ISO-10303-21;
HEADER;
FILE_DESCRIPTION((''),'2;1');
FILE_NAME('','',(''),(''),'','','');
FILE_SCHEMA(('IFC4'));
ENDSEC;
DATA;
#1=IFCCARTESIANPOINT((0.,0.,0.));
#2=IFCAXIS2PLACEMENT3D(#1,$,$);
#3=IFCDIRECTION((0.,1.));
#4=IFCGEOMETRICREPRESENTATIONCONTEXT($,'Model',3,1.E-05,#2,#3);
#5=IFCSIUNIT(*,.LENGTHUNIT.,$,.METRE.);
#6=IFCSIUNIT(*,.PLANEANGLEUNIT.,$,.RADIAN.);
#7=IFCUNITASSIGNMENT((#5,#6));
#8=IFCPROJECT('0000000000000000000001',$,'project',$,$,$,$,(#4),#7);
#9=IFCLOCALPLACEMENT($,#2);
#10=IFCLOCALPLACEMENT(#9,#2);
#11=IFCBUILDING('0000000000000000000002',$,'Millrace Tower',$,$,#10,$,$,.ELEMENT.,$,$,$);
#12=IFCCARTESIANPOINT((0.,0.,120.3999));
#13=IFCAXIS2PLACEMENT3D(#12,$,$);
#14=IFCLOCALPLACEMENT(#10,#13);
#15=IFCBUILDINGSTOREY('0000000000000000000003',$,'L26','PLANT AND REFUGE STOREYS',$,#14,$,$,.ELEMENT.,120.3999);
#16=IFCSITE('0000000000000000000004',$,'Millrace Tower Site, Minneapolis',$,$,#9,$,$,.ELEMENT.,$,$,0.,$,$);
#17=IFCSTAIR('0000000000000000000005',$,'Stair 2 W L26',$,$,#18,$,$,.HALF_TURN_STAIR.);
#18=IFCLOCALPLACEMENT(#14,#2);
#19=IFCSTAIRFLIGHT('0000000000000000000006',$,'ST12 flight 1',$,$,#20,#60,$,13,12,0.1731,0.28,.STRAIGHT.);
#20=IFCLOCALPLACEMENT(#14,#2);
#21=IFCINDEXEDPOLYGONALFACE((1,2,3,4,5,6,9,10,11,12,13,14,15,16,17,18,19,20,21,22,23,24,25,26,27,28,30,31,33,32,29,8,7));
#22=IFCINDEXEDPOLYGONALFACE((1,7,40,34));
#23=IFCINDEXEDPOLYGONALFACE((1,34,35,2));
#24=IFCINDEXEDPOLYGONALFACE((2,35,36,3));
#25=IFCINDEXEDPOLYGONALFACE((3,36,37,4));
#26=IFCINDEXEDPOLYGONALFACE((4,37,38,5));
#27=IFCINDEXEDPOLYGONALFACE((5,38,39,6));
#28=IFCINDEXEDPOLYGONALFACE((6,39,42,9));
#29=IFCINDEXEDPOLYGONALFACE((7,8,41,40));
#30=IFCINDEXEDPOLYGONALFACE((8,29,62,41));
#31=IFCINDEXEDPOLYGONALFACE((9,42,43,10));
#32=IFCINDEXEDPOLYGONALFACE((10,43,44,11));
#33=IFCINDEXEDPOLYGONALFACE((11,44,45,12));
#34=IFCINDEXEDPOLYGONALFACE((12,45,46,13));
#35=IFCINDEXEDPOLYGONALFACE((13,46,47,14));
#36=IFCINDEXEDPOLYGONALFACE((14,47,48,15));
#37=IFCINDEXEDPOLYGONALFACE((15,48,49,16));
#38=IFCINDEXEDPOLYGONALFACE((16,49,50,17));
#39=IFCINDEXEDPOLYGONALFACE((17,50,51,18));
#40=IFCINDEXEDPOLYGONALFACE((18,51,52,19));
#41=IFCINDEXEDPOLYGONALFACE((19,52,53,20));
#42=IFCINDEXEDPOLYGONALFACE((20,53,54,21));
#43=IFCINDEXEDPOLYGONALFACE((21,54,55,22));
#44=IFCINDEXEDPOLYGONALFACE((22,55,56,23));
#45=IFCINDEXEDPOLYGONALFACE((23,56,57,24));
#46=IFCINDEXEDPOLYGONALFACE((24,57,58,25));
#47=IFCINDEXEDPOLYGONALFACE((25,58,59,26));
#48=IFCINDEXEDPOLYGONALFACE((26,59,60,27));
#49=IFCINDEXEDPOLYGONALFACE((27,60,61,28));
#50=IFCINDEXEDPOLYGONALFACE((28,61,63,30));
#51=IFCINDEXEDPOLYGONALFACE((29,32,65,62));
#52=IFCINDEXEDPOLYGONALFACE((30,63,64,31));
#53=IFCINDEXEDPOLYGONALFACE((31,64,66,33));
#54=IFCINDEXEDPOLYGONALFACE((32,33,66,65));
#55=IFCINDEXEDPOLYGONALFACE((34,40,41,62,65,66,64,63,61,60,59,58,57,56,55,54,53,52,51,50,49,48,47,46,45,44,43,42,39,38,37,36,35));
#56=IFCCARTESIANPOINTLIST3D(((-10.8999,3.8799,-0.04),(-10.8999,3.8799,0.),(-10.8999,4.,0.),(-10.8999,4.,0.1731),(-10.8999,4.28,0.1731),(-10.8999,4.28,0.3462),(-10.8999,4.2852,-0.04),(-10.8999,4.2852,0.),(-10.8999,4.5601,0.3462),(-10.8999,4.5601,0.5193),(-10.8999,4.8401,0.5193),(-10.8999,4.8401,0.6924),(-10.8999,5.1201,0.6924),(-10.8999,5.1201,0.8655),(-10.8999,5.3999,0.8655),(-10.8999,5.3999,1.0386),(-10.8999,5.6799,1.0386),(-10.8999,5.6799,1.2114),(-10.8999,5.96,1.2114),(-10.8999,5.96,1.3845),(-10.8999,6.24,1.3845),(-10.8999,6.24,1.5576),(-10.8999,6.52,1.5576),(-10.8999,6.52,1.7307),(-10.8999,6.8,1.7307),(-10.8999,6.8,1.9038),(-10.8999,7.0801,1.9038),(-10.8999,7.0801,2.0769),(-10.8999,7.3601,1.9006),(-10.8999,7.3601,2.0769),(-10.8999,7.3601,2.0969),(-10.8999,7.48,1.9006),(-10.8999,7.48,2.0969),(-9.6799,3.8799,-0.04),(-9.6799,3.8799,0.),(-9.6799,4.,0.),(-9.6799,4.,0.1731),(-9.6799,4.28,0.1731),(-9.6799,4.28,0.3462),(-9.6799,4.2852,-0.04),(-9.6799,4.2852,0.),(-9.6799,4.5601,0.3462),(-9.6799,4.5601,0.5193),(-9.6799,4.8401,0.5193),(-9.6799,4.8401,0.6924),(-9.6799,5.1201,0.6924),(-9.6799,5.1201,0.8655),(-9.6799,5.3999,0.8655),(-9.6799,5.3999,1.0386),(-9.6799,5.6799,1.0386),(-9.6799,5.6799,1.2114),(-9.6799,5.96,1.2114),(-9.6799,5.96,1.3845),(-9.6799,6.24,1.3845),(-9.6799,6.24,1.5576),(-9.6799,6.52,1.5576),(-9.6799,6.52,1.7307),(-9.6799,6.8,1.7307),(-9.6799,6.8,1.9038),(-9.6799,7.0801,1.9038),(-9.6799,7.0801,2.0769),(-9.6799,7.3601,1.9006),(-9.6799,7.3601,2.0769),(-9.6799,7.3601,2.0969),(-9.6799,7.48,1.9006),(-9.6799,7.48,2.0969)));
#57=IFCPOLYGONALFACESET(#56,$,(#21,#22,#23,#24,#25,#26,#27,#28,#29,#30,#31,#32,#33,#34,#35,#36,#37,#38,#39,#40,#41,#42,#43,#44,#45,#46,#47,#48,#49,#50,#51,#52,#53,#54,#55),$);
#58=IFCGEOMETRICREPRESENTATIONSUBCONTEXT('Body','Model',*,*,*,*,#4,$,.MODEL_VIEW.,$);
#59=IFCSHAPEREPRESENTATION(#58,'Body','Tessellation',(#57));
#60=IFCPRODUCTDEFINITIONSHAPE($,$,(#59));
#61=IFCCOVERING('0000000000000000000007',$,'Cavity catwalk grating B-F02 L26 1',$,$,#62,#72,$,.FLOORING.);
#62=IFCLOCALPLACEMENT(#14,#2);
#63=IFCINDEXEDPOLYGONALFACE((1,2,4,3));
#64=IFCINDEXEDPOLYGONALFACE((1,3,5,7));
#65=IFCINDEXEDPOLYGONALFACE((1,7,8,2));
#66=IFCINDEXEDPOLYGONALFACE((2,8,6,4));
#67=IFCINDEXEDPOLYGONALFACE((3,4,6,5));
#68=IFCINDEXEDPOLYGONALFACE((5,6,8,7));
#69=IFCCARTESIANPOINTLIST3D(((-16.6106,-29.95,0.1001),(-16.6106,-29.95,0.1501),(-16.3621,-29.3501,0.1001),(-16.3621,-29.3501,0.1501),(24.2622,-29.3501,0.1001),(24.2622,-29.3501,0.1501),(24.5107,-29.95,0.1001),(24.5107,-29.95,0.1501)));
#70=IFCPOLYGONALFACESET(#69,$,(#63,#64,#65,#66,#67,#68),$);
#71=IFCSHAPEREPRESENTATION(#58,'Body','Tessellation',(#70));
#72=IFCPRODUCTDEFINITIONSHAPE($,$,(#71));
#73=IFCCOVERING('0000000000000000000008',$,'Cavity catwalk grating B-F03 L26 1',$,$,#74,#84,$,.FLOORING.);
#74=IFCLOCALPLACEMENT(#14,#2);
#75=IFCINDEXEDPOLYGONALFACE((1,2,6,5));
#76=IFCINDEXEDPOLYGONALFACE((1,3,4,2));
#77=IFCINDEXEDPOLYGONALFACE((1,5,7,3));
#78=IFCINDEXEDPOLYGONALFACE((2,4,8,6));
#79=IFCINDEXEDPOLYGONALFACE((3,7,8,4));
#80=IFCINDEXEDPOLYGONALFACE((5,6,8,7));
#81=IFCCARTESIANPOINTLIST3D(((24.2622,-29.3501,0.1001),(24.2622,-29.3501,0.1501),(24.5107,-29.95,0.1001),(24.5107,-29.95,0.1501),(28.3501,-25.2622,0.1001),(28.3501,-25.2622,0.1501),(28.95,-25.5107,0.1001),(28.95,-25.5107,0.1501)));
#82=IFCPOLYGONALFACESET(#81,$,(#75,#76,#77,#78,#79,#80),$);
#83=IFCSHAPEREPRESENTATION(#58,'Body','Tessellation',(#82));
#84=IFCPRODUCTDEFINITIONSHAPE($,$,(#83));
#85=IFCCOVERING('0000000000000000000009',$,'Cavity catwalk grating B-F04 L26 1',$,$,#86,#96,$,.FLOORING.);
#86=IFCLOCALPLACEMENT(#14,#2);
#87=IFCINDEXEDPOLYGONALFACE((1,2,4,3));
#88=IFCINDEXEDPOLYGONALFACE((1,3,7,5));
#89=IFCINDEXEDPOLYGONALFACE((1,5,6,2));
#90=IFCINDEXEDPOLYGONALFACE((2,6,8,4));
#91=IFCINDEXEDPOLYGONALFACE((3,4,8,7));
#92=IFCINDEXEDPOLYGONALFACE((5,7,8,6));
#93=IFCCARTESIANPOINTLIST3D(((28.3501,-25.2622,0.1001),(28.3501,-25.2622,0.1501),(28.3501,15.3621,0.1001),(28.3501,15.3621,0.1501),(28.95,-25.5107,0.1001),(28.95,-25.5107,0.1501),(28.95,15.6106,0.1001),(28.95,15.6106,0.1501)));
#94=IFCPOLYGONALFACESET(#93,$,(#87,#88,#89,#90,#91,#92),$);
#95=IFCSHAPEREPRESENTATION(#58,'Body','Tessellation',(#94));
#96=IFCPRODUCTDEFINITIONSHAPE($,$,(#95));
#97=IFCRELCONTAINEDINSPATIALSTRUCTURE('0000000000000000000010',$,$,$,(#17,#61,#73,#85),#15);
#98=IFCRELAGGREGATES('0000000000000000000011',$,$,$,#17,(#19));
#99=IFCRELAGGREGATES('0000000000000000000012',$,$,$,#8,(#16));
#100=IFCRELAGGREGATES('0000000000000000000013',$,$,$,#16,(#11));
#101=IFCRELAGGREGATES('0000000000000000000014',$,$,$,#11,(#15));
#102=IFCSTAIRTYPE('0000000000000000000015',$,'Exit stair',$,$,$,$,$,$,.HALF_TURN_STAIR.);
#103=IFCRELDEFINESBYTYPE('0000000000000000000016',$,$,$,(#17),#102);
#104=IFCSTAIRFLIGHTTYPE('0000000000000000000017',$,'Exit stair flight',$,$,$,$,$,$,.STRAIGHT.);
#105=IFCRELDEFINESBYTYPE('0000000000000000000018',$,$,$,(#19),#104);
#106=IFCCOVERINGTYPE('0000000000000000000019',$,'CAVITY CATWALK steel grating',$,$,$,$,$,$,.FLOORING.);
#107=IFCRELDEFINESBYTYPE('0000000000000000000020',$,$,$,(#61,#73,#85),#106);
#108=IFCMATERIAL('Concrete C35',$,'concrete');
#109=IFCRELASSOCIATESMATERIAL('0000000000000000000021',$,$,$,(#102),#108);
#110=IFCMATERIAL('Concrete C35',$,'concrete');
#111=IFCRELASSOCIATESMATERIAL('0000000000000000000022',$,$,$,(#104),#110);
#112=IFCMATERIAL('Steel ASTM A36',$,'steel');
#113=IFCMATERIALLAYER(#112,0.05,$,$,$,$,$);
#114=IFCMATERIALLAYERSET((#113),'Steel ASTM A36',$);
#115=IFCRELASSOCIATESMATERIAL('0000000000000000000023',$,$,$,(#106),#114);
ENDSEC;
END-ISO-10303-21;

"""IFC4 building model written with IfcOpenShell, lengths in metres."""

from ifc_helpers import new_model, si_unit, direction, frame, origin, place, context, subcontext, project, spatial, polyline, outline, extrude, material, layer, layer_set, type_object, element, aggregate, save


model = new_model("IFC4")

# Units and contexts
model_context = context("Model", 3, precision=1e-05, world=origin(), true_north=direction((0.0, 1.0)))
body_context = subcontext(model_context, "Body", "Model", "MODEL_VIEW")
ifc_project = project(units=[si_unit("LENGTHUNIT", "METRE"), si_unit("PLANEANGLEUNIT", "RADIAN")], contexts=[model_context])

# Site, building, storey
site_placement = place(None, origin())
site = spatial("IfcSite", under=ifc_project, at=site_placement, Name="Millrace Tower Site, Minneapolis", CompositionType="ELEMENT", RefElevation=0.0)
building_placement = place(site_placement, origin())
building = spatial("IfcBuilding", under=site, at=building_placement, Name="Millrace Tower", CompositionType="ELEMENT")
storey_placement = place(building_placement, frame((0.0, 0.0, 120.3999)))
storey = spatial("IfcBuildingStorey", under=building, at=storey_placement, Name="L26", Description="PLANT AND REFUGE STOREYS", CompositionType="ELEMENT", Elevation=120.3999)

# Shared definitions
placement_1 = place(storey_placement, origin())

# Stair, stair flight
ifc_material_1 = material(Name="Concrete C35", Category="concrete")
stair_type = type_object("IfcStairType", Name="Exit stair", PredefinedType="HALF_TURN_STAIR", material=ifc_material_1)
stair = element("IfcStair", 1, at=placement_1, inside=storey, type_object=stair_type, Name="Stair 2 W L26", PredefinedType="HALF_TURN_STAIR")
ifc_material_2 = material(Name="Concrete C35", Category="concrete")
stair_flight_type = type_object("IfcStairFlightType", Name="Exit stair flight", PredefinedType="STRAIGHT", material=ifc_material_2)
stair_flight_placement = place(storey_placement, frame((-10.29, 4.0, 0.0), z_axis=(0.0, 0.0, 1.0), x_axis=(0.0, 1.0, 0.0)))
stair_flight = element("IfcStairFlight", 2, at=stair_flight_placement, type_object=stair_flight_type, Name="ST12 flight 1", NumberOfRisers=13, NumberOfTreads=12, PredefinedType="STRAIGHT", RiserHeight=0.1731, TreadLength=0.28, context=body_context, shape_type="SweptSolid", body=[
    extrude(outline(polyline([(-0.1201, -0.04), (-0.1201, 0.0), (0.0, 0.0), (0.0, 0.1731), (0.28, 0.1731), (0.28, 0.3462), (0.5601, 0.3462), (0.5601, 0.5193), (0.8401, 0.5193), (0.8401, 0.6924), (1.1201, 0.6924), (1.1201, 0.8655), (1.3999, 0.8655), (1.3999, 1.0386), (1.6799, 1.0386), (1.6799, 1.2114), (1.96, 1.2114), (1.96, 1.3845), (2.24, 1.3845), (2.24, 1.5576), (2.52, 1.5576), (2.52, 1.7307), (2.8, 1.7307), (2.8, 1.9038), (3.0801, 1.9038), (3.0801, 2.0769), (3.3601, 2.0769), (3.3601, 2.0969), (3.48, 2.0969), (3.48, 1.9006), (3.3601, 1.9006), (0.2852, 0.0), (0.2852, -0.04), (-0.1201, -0.04)])), frame((0.0, 0.6099, 0.0), z_axis=(0.0, -1.0, 0.0), x_axis=(1.0, 0.0, 0.0)), (0.0, 0.0, 1.0), 1.22),
])
aggregate(stair, [stair_flight])

# Coverings
ifc_material_3 = material(Name="Steel ASTM A36", Category="steel")
ifc_layer_1 = layer(ifc_material_3, 0.05)
ifc_layer_set_1 = layer_set([ifc_layer_1], Name="Steel ASTM A36")
covering_type = type_object("IfcCoveringType", Name="CAVITY CATWALK steel grating", PredefinedType="FLOORING", material=ifc_layer_set_1)
placement_2 = place(storey_placement, frame((0.0, 0.0, 0.1001)))
element("IfcCovering", 3, at=placement_2, inside=storey, type_object=covering_type, Name="Cavity catwalk grating B-F02 L26 1", PredefinedType="FLOORING", context=body_context, shape_type="SweptSolid", body=[
    extrude(outline(polyline([(-16.6106, -29.95), (24.5107, -29.95), (24.2622, -29.3501), (-16.3621, -29.3501), (-16.6106, -29.95)])), origin(), (0.0, 0.0, 1.0), 0.05),
])
element("IfcCovering", 4, at=placement_2, inside=storey, type_object=covering_type, Name="Cavity catwalk grating B-F03 L26 1", PredefinedType="FLOORING", context=body_context, shape_type="SweptSolid", body=[
    extrude(outline(polyline([(24.5107, -29.95), (28.95, -25.5107), (28.3501, -25.2622), (24.2622, -29.3501), (24.5107, -29.95)])), origin(), (0.0, 0.0, 1.0), 0.05),
])
element("IfcCovering", 5, at=placement_2, inside=storey, type_object=covering_type, Name="Cavity catwalk grating B-F04 L26 1", PredefinedType="FLOORING", context=body_context, shape_type="SweptSolid", body=[
    extrude(outline(polyline([(28.95, -25.5107), (28.95, 15.6106), (28.3501, 15.3621), (28.3501, -25.2622), (28.95, -25.5107)])), origin(), (0.0, 0.0, 1.0), 0.05),
])

save(model, "model.ifc")
